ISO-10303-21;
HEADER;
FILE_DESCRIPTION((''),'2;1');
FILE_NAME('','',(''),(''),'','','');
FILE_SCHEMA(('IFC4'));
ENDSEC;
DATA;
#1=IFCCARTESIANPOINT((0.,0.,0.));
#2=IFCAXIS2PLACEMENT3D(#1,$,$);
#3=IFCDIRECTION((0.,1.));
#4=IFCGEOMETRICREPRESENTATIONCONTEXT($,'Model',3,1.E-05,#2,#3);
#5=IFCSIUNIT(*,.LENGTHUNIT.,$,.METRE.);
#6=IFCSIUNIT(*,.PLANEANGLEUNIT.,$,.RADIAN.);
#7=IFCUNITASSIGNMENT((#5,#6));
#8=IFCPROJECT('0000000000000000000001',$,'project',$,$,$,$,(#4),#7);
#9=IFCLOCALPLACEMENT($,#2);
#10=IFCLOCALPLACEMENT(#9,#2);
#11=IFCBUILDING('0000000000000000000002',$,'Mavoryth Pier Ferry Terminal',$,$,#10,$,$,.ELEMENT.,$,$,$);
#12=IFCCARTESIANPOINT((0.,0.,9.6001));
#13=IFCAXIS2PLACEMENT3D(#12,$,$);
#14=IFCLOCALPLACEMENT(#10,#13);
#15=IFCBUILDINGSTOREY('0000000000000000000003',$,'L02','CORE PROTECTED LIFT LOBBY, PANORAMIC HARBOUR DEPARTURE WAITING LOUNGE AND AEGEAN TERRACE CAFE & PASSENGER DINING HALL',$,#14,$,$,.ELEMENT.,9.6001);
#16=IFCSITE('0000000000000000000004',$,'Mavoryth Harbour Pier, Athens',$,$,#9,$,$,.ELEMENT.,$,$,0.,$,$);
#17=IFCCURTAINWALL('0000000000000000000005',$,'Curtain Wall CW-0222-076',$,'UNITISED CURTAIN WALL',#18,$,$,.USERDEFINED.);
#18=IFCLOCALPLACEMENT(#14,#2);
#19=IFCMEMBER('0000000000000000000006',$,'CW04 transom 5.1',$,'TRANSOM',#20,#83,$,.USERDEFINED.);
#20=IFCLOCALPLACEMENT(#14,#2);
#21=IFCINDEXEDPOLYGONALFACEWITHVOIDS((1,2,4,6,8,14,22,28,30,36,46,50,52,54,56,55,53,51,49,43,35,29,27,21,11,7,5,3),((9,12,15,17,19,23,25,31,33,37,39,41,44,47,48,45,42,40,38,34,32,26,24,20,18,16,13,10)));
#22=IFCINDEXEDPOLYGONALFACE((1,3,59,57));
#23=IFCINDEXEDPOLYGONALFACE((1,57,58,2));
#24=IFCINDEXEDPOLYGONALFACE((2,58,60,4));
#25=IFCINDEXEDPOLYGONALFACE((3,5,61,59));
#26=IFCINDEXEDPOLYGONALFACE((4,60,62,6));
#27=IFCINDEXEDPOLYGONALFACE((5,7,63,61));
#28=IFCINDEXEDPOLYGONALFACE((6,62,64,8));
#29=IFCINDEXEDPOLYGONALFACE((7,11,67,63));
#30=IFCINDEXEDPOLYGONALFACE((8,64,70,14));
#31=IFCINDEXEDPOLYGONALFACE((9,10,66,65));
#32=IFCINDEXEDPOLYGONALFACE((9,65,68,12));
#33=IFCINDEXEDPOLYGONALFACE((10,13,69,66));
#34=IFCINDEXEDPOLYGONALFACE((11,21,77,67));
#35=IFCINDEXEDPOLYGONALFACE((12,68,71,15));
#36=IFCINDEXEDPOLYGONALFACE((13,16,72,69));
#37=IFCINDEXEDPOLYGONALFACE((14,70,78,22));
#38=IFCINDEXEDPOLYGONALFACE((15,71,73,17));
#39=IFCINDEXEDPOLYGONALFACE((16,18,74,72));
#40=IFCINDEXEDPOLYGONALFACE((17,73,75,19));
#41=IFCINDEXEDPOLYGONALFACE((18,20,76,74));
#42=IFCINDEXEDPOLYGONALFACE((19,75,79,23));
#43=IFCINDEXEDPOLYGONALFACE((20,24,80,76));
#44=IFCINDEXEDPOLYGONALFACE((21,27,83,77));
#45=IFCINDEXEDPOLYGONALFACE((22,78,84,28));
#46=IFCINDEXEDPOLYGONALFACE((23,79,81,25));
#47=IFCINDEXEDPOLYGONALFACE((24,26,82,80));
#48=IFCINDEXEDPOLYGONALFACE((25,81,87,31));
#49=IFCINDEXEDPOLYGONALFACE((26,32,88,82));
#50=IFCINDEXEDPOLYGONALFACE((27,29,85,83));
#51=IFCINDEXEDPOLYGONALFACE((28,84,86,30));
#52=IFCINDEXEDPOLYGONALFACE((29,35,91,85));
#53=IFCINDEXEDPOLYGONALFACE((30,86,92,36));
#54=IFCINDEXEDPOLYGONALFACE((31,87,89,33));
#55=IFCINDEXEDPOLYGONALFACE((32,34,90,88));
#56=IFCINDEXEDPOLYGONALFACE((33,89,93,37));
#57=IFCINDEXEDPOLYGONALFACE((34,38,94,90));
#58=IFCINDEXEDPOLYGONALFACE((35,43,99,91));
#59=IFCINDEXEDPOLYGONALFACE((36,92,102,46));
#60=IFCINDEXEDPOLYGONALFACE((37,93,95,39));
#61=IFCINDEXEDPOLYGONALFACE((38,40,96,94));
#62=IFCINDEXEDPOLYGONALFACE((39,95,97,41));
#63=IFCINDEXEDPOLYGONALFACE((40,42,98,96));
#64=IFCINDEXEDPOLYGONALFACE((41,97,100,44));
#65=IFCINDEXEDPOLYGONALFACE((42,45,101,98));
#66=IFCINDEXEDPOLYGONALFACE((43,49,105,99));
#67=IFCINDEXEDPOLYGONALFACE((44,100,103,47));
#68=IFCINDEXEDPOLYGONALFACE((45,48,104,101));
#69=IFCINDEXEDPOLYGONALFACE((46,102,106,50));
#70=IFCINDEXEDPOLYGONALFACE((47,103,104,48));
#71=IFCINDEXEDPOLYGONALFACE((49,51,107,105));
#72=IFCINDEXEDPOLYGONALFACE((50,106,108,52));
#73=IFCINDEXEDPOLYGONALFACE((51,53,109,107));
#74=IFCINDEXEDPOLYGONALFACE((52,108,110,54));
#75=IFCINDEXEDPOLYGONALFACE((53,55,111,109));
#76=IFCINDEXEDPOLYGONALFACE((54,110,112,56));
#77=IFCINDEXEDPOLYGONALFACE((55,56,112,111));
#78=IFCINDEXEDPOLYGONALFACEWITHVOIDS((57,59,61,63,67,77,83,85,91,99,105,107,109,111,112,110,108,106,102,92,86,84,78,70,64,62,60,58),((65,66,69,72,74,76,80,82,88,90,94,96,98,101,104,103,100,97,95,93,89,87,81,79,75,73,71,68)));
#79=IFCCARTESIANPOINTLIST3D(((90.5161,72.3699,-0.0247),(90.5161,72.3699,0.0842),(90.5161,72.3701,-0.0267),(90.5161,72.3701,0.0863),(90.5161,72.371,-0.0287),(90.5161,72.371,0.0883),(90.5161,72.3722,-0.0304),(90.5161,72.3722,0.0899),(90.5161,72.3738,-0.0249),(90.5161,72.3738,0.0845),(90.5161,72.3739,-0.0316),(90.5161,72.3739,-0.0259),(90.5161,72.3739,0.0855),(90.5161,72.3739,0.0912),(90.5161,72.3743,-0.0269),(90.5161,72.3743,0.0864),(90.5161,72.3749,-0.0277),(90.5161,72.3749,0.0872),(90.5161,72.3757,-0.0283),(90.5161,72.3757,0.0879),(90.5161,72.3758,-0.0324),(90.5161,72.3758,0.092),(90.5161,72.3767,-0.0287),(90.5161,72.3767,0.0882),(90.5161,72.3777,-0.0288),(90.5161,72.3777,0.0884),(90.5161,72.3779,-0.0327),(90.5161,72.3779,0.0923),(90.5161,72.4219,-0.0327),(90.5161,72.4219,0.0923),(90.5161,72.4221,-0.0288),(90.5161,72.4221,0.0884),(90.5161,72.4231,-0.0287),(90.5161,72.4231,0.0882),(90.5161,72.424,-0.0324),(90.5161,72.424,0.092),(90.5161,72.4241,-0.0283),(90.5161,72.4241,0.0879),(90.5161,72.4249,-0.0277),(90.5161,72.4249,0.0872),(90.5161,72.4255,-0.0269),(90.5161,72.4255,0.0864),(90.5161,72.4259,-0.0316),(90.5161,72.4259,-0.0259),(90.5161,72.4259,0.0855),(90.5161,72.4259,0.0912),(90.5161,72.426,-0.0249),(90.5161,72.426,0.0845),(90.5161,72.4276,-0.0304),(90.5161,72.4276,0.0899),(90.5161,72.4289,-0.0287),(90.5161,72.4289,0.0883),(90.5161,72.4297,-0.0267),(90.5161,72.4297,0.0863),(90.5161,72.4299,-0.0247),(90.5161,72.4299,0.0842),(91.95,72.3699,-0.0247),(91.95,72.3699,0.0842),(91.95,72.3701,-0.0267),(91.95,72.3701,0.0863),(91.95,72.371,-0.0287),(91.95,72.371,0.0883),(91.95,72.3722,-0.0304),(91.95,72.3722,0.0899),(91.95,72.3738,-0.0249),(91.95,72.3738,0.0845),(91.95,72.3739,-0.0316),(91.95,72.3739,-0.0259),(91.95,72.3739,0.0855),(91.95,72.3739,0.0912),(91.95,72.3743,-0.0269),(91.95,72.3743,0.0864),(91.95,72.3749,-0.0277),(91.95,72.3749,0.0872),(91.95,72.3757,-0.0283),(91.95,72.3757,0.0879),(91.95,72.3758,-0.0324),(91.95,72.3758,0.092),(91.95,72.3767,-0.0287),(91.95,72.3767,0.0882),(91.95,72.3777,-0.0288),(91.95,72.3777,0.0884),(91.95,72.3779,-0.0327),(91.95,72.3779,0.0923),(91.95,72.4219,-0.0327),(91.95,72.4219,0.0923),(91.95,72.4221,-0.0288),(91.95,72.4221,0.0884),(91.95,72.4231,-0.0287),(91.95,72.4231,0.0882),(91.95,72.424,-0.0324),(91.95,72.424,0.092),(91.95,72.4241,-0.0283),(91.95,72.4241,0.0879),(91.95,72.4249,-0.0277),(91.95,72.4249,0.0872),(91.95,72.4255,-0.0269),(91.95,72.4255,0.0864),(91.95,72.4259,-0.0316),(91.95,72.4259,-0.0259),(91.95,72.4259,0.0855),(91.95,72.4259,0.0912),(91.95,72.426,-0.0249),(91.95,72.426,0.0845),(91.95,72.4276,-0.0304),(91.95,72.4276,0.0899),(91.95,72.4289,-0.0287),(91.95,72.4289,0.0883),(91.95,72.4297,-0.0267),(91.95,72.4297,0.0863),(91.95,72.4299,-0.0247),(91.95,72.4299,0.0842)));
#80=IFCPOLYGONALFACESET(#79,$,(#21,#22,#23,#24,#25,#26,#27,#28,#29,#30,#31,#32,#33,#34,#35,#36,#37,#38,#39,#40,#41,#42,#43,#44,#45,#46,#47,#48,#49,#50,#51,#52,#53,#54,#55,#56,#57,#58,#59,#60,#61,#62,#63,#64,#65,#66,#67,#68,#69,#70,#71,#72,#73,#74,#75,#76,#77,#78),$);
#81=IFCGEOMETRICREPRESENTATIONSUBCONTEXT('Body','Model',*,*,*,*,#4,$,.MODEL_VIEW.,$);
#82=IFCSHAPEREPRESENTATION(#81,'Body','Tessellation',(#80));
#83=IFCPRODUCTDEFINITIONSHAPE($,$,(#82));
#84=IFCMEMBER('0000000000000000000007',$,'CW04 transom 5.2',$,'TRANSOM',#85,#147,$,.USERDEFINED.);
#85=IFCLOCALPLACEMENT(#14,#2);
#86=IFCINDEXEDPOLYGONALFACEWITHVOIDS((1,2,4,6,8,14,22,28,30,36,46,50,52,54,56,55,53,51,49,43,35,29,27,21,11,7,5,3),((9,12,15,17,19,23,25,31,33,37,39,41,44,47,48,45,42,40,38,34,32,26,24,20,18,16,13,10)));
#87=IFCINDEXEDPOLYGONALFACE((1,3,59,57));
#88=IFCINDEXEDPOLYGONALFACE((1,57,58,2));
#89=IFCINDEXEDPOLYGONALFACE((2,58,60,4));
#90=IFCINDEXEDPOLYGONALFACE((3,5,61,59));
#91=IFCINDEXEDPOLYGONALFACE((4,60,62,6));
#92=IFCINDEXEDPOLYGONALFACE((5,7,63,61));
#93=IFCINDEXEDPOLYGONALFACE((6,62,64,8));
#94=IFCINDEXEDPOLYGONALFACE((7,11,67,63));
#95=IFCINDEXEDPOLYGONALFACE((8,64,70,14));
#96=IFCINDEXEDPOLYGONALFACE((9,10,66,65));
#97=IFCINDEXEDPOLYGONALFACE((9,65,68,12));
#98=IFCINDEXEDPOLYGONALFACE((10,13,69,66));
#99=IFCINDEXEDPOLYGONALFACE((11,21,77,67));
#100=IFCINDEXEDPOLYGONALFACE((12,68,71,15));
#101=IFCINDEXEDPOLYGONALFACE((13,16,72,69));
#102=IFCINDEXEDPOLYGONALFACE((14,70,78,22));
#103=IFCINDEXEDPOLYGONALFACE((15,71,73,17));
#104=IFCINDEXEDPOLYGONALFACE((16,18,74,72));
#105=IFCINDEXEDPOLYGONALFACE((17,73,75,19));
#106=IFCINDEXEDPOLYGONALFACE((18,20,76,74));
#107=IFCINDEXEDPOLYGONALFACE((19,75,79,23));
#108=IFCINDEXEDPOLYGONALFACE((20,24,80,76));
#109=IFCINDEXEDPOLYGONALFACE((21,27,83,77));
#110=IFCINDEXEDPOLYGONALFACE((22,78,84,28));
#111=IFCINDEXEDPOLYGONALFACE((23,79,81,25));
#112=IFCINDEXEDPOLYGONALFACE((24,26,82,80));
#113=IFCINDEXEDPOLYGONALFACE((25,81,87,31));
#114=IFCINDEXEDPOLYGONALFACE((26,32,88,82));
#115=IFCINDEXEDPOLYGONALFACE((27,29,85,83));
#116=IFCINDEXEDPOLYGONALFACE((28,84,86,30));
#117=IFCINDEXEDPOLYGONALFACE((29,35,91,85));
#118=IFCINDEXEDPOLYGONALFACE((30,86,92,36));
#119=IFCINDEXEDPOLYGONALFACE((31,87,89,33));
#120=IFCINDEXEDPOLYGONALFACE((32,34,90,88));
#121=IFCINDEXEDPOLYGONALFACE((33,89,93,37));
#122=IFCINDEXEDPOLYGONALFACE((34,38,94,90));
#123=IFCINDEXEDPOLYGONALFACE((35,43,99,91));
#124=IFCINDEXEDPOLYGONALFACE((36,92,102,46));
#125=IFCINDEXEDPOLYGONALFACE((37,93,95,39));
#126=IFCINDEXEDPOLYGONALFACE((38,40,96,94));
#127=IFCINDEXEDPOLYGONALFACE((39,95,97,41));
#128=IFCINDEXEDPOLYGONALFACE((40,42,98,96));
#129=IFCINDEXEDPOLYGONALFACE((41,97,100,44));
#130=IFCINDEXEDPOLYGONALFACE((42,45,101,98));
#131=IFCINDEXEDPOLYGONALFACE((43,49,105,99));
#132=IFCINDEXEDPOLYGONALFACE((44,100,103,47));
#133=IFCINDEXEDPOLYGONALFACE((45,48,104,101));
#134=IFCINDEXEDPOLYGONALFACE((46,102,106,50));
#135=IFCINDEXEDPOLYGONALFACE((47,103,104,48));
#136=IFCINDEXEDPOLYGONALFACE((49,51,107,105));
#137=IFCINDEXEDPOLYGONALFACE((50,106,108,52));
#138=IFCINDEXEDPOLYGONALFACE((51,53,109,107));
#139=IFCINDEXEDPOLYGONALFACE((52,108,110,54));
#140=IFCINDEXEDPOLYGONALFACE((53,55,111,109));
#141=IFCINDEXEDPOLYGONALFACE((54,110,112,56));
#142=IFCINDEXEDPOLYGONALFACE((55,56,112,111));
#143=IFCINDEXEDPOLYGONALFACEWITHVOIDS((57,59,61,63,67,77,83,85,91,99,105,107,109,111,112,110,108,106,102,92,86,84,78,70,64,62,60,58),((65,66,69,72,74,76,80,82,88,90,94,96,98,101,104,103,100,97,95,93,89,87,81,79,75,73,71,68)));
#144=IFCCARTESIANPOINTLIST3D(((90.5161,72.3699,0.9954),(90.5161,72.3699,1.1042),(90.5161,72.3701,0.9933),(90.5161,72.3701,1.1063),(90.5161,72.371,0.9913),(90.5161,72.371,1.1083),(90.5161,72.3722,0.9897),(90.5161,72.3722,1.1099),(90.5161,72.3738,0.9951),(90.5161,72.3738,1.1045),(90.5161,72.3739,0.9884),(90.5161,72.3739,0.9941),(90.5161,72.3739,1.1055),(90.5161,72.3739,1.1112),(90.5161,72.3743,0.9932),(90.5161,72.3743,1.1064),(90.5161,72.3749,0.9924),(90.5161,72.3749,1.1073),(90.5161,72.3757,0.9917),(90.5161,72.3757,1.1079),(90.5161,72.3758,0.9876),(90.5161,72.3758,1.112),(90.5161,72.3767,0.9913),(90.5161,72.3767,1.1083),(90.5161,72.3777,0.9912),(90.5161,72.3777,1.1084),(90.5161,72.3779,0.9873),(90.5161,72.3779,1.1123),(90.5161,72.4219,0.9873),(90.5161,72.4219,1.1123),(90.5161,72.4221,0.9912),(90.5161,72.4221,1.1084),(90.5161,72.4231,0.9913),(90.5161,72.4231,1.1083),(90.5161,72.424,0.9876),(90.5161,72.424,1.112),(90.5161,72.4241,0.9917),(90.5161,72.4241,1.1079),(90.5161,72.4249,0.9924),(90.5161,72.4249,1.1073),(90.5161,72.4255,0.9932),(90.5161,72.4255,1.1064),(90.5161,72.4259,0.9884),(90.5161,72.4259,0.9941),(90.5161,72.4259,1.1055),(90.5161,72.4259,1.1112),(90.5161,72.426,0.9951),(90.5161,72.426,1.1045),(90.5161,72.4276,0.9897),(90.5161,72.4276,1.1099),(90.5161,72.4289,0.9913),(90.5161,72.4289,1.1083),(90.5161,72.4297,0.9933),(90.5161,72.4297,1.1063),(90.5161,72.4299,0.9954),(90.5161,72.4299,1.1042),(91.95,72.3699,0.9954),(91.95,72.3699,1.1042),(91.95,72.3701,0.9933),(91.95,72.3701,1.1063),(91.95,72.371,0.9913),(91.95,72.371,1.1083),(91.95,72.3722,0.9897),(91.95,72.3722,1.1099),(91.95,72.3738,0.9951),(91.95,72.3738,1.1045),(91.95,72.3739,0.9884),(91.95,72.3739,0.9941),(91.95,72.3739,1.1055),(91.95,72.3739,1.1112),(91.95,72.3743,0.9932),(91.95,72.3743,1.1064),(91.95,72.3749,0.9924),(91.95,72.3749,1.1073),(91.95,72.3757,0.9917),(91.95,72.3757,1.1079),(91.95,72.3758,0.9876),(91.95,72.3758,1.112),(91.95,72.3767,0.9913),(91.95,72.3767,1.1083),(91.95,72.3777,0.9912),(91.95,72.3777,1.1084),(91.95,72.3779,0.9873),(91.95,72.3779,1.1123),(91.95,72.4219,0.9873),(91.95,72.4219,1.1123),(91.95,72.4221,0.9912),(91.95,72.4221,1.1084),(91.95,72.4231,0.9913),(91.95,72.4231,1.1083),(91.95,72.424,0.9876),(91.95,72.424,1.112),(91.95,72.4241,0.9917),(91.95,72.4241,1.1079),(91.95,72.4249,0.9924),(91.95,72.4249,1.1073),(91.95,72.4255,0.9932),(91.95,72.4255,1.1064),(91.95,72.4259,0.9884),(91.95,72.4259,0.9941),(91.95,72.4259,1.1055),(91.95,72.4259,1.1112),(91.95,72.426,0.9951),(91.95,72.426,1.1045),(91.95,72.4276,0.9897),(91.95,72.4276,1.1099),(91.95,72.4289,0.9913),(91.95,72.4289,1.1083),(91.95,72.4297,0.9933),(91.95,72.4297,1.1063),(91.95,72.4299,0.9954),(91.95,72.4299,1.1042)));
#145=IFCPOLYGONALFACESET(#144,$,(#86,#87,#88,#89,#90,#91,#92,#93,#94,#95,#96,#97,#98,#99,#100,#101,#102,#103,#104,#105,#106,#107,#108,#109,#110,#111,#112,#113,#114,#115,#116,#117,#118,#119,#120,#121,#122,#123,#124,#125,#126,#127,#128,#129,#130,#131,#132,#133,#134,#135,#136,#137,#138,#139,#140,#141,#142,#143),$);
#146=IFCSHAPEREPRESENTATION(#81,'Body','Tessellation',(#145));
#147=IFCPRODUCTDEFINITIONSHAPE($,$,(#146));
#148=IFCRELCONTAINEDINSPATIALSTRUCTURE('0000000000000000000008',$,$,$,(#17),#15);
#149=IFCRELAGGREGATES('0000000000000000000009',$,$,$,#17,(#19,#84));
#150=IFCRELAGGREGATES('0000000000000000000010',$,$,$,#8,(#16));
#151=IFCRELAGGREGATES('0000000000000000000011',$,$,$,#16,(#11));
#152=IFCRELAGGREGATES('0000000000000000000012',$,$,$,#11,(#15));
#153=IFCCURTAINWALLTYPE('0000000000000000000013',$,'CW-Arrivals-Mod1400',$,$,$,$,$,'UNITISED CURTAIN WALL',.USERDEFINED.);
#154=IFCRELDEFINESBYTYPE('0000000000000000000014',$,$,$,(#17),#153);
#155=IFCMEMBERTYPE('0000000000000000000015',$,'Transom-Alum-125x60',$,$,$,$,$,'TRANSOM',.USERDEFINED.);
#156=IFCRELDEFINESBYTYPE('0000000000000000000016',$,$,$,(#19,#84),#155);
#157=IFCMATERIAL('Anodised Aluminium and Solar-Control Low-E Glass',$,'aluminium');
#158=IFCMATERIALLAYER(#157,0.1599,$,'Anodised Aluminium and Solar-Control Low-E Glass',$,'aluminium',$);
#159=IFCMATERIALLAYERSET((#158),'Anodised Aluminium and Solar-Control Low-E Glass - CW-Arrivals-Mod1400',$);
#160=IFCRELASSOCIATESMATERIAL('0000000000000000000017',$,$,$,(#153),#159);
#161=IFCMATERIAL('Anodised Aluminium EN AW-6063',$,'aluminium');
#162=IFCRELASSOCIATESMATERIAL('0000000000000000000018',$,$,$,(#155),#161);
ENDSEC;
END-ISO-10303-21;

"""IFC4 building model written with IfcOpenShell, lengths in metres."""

from ifc_helpers import new_model, si_unit, direction, frame, origin, origin_2d, place, context, subcontext, project, spatial, hollow_rectangle, extrude, material, layer, layer_set, material_profile, profile_set, type_object, element, aggregate, save


model = new_model("IFC4")

# Units and contexts
model_context = context("Model", 3, precision=1e-05, world=origin(), true_north=direction((0.0, 1.0)))
body_context = subcontext(model_context, "Body", "Model", "MODEL_VIEW")
ifc_project = project(units=[si_unit("LENGTHUNIT", "METRE"), si_unit("PLANEANGLEUNIT", "RADIAN")], contexts=[model_context])

# Site, building, storey
site_placement = place(None, origin())
site = spatial("IfcSite", under=ifc_project, at=site_placement, Name="Mavoryth Harbour Pier, Athens", CompositionType="ELEMENT", RefElevation=0.0)
building_placement = place(site_placement, origin())
building = spatial("IfcBuilding", under=site, at=building_placement, Name="Mavoryth Pier Ferry Terminal", CompositionType="ELEMENT")
storey_placement = place(building_placement, frame((0.0, 0.0, 9.6001)))
storey = spatial("IfcBuildingStorey", under=building, at=storey_placement, Name="L02", Description="CORE PROTECTED LIFT LOBBY, PANORAMIC HARBOUR DEPARTURE WAITING LOUNGE AND AEGEAN TERRACE CAFE & PASSENGER DINING HALL", CompositionType="ELEMENT", Elevation=9.6001)

# Curtain wall
ifc_material_1 = material(Name="Anodised Aluminium and Solar-Control Low-E Glass", Category="aluminium")
ifc_layer_1 = layer(ifc_material_1, 0.1599, Name="Anodised Aluminium and Solar-Control Low-E Glass", Category="aluminium")
ifc_layer_set_1 = layer_set([ifc_layer_1], Name="Anodised Aluminium and Solar-Control Low-E Glass - CW-Arrivals-Mod1400")
curtain_wall_type = type_object("IfcCurtainWallType", Name="CW-Arrivals-Mod1400", ElementType="UNITISED CURTAIN WALL", PredefinedType="USERDEFINED", material=ifc_layer_set_1)
ifc_material_2 = material(Name="Anodised Aluminium EN AW-6063", Category="aluminium")
curtain_wall_1_placement = place(storey_placement, origin())
curtain_wall_1 = element("IfcCurtainWall", 1, at=curtain_wall_1_placement, inside=storey, type_object=curtain_wall_type, Name="Curtain Wall CW-0222-076", ObjectType="UNITISED CURTAIN WALL", PredefinedType="USERDEFINED")

# Members
ifc_material_profile_1 = material_profile(ifc_material_2, hollow_rectangle(XDim=0.0601, YDim=0.125, WallThickness=0.0039, InnerFilletRadius=0.0039, OuterFilletRadius=0.0081, at=origin_2d()), Name="AL-TRAN 125x60x4", Category="aluminium")
ifc_profile_set_1 = profile_set([ifc_material_profile_1], Name="Anodised Aluminium EN AW-6063 - AL-TRAN 125x60x4")
member_type_1 = type_object("IfcMemberType", Name="Transom-Alum-125x60", ElementType="TRANSOM", PredefinedType="USERDEFINED", material=ifc_profile_set_1)
member_1_placement = place(storey_placement, frame((90.5161, 72.3999, 0.0298), z_axis=(1.0, 0.0, 0.0), x_axis=(0.0, 1.0, 0.0)))
member_1 = element("IfcMember", 2, at=member_1_placement, type_object=member_type_1, Name="CW04 transom 5.1", ObjectType="TRANSOM", PredefinedType="USERDEFINED", context=body_context, shape_type="SweptSolid", body=[
    extrude(hollow_rectangle(XDim=0.0601, YDim=0.125, WallThickness=0.0039, InnerFilletRadius=0.0039, OuterFilletRadius=0.0081, at=origin_2d()), origin(), (0.0, 0.0, 1.0), 1.4338),
])
member_2_placement = place(storey_placement, frame((90.5161, 72.3999, 1.0498), z_axis=(1.0, 0.0, 0.0), x_axis=(0.0, 1.0, 0.0)))
member_2 = element("IfcMember", 3, at=member_2_placement, type_object=member_type_1, Name="CW04 transom 5.2", ObjectType="TRANSOM", PredefinedType="USERDEFINED", context=body_context, shape_type="SweptSolid", body=[
    extrude(hollow_rectangle(XDim=0.0601, YDim=0.125, WallThickness=0.0039, InnerFilletRadius=0.0039, OuterFilletRadius=0.0081, at=origin_2d()), origin(), (0.0, 0.0, 1.0), 1.4338),
])

aggregate(curtain_wall_1, [member_1, member_2])

save(model, "model.ifc")
